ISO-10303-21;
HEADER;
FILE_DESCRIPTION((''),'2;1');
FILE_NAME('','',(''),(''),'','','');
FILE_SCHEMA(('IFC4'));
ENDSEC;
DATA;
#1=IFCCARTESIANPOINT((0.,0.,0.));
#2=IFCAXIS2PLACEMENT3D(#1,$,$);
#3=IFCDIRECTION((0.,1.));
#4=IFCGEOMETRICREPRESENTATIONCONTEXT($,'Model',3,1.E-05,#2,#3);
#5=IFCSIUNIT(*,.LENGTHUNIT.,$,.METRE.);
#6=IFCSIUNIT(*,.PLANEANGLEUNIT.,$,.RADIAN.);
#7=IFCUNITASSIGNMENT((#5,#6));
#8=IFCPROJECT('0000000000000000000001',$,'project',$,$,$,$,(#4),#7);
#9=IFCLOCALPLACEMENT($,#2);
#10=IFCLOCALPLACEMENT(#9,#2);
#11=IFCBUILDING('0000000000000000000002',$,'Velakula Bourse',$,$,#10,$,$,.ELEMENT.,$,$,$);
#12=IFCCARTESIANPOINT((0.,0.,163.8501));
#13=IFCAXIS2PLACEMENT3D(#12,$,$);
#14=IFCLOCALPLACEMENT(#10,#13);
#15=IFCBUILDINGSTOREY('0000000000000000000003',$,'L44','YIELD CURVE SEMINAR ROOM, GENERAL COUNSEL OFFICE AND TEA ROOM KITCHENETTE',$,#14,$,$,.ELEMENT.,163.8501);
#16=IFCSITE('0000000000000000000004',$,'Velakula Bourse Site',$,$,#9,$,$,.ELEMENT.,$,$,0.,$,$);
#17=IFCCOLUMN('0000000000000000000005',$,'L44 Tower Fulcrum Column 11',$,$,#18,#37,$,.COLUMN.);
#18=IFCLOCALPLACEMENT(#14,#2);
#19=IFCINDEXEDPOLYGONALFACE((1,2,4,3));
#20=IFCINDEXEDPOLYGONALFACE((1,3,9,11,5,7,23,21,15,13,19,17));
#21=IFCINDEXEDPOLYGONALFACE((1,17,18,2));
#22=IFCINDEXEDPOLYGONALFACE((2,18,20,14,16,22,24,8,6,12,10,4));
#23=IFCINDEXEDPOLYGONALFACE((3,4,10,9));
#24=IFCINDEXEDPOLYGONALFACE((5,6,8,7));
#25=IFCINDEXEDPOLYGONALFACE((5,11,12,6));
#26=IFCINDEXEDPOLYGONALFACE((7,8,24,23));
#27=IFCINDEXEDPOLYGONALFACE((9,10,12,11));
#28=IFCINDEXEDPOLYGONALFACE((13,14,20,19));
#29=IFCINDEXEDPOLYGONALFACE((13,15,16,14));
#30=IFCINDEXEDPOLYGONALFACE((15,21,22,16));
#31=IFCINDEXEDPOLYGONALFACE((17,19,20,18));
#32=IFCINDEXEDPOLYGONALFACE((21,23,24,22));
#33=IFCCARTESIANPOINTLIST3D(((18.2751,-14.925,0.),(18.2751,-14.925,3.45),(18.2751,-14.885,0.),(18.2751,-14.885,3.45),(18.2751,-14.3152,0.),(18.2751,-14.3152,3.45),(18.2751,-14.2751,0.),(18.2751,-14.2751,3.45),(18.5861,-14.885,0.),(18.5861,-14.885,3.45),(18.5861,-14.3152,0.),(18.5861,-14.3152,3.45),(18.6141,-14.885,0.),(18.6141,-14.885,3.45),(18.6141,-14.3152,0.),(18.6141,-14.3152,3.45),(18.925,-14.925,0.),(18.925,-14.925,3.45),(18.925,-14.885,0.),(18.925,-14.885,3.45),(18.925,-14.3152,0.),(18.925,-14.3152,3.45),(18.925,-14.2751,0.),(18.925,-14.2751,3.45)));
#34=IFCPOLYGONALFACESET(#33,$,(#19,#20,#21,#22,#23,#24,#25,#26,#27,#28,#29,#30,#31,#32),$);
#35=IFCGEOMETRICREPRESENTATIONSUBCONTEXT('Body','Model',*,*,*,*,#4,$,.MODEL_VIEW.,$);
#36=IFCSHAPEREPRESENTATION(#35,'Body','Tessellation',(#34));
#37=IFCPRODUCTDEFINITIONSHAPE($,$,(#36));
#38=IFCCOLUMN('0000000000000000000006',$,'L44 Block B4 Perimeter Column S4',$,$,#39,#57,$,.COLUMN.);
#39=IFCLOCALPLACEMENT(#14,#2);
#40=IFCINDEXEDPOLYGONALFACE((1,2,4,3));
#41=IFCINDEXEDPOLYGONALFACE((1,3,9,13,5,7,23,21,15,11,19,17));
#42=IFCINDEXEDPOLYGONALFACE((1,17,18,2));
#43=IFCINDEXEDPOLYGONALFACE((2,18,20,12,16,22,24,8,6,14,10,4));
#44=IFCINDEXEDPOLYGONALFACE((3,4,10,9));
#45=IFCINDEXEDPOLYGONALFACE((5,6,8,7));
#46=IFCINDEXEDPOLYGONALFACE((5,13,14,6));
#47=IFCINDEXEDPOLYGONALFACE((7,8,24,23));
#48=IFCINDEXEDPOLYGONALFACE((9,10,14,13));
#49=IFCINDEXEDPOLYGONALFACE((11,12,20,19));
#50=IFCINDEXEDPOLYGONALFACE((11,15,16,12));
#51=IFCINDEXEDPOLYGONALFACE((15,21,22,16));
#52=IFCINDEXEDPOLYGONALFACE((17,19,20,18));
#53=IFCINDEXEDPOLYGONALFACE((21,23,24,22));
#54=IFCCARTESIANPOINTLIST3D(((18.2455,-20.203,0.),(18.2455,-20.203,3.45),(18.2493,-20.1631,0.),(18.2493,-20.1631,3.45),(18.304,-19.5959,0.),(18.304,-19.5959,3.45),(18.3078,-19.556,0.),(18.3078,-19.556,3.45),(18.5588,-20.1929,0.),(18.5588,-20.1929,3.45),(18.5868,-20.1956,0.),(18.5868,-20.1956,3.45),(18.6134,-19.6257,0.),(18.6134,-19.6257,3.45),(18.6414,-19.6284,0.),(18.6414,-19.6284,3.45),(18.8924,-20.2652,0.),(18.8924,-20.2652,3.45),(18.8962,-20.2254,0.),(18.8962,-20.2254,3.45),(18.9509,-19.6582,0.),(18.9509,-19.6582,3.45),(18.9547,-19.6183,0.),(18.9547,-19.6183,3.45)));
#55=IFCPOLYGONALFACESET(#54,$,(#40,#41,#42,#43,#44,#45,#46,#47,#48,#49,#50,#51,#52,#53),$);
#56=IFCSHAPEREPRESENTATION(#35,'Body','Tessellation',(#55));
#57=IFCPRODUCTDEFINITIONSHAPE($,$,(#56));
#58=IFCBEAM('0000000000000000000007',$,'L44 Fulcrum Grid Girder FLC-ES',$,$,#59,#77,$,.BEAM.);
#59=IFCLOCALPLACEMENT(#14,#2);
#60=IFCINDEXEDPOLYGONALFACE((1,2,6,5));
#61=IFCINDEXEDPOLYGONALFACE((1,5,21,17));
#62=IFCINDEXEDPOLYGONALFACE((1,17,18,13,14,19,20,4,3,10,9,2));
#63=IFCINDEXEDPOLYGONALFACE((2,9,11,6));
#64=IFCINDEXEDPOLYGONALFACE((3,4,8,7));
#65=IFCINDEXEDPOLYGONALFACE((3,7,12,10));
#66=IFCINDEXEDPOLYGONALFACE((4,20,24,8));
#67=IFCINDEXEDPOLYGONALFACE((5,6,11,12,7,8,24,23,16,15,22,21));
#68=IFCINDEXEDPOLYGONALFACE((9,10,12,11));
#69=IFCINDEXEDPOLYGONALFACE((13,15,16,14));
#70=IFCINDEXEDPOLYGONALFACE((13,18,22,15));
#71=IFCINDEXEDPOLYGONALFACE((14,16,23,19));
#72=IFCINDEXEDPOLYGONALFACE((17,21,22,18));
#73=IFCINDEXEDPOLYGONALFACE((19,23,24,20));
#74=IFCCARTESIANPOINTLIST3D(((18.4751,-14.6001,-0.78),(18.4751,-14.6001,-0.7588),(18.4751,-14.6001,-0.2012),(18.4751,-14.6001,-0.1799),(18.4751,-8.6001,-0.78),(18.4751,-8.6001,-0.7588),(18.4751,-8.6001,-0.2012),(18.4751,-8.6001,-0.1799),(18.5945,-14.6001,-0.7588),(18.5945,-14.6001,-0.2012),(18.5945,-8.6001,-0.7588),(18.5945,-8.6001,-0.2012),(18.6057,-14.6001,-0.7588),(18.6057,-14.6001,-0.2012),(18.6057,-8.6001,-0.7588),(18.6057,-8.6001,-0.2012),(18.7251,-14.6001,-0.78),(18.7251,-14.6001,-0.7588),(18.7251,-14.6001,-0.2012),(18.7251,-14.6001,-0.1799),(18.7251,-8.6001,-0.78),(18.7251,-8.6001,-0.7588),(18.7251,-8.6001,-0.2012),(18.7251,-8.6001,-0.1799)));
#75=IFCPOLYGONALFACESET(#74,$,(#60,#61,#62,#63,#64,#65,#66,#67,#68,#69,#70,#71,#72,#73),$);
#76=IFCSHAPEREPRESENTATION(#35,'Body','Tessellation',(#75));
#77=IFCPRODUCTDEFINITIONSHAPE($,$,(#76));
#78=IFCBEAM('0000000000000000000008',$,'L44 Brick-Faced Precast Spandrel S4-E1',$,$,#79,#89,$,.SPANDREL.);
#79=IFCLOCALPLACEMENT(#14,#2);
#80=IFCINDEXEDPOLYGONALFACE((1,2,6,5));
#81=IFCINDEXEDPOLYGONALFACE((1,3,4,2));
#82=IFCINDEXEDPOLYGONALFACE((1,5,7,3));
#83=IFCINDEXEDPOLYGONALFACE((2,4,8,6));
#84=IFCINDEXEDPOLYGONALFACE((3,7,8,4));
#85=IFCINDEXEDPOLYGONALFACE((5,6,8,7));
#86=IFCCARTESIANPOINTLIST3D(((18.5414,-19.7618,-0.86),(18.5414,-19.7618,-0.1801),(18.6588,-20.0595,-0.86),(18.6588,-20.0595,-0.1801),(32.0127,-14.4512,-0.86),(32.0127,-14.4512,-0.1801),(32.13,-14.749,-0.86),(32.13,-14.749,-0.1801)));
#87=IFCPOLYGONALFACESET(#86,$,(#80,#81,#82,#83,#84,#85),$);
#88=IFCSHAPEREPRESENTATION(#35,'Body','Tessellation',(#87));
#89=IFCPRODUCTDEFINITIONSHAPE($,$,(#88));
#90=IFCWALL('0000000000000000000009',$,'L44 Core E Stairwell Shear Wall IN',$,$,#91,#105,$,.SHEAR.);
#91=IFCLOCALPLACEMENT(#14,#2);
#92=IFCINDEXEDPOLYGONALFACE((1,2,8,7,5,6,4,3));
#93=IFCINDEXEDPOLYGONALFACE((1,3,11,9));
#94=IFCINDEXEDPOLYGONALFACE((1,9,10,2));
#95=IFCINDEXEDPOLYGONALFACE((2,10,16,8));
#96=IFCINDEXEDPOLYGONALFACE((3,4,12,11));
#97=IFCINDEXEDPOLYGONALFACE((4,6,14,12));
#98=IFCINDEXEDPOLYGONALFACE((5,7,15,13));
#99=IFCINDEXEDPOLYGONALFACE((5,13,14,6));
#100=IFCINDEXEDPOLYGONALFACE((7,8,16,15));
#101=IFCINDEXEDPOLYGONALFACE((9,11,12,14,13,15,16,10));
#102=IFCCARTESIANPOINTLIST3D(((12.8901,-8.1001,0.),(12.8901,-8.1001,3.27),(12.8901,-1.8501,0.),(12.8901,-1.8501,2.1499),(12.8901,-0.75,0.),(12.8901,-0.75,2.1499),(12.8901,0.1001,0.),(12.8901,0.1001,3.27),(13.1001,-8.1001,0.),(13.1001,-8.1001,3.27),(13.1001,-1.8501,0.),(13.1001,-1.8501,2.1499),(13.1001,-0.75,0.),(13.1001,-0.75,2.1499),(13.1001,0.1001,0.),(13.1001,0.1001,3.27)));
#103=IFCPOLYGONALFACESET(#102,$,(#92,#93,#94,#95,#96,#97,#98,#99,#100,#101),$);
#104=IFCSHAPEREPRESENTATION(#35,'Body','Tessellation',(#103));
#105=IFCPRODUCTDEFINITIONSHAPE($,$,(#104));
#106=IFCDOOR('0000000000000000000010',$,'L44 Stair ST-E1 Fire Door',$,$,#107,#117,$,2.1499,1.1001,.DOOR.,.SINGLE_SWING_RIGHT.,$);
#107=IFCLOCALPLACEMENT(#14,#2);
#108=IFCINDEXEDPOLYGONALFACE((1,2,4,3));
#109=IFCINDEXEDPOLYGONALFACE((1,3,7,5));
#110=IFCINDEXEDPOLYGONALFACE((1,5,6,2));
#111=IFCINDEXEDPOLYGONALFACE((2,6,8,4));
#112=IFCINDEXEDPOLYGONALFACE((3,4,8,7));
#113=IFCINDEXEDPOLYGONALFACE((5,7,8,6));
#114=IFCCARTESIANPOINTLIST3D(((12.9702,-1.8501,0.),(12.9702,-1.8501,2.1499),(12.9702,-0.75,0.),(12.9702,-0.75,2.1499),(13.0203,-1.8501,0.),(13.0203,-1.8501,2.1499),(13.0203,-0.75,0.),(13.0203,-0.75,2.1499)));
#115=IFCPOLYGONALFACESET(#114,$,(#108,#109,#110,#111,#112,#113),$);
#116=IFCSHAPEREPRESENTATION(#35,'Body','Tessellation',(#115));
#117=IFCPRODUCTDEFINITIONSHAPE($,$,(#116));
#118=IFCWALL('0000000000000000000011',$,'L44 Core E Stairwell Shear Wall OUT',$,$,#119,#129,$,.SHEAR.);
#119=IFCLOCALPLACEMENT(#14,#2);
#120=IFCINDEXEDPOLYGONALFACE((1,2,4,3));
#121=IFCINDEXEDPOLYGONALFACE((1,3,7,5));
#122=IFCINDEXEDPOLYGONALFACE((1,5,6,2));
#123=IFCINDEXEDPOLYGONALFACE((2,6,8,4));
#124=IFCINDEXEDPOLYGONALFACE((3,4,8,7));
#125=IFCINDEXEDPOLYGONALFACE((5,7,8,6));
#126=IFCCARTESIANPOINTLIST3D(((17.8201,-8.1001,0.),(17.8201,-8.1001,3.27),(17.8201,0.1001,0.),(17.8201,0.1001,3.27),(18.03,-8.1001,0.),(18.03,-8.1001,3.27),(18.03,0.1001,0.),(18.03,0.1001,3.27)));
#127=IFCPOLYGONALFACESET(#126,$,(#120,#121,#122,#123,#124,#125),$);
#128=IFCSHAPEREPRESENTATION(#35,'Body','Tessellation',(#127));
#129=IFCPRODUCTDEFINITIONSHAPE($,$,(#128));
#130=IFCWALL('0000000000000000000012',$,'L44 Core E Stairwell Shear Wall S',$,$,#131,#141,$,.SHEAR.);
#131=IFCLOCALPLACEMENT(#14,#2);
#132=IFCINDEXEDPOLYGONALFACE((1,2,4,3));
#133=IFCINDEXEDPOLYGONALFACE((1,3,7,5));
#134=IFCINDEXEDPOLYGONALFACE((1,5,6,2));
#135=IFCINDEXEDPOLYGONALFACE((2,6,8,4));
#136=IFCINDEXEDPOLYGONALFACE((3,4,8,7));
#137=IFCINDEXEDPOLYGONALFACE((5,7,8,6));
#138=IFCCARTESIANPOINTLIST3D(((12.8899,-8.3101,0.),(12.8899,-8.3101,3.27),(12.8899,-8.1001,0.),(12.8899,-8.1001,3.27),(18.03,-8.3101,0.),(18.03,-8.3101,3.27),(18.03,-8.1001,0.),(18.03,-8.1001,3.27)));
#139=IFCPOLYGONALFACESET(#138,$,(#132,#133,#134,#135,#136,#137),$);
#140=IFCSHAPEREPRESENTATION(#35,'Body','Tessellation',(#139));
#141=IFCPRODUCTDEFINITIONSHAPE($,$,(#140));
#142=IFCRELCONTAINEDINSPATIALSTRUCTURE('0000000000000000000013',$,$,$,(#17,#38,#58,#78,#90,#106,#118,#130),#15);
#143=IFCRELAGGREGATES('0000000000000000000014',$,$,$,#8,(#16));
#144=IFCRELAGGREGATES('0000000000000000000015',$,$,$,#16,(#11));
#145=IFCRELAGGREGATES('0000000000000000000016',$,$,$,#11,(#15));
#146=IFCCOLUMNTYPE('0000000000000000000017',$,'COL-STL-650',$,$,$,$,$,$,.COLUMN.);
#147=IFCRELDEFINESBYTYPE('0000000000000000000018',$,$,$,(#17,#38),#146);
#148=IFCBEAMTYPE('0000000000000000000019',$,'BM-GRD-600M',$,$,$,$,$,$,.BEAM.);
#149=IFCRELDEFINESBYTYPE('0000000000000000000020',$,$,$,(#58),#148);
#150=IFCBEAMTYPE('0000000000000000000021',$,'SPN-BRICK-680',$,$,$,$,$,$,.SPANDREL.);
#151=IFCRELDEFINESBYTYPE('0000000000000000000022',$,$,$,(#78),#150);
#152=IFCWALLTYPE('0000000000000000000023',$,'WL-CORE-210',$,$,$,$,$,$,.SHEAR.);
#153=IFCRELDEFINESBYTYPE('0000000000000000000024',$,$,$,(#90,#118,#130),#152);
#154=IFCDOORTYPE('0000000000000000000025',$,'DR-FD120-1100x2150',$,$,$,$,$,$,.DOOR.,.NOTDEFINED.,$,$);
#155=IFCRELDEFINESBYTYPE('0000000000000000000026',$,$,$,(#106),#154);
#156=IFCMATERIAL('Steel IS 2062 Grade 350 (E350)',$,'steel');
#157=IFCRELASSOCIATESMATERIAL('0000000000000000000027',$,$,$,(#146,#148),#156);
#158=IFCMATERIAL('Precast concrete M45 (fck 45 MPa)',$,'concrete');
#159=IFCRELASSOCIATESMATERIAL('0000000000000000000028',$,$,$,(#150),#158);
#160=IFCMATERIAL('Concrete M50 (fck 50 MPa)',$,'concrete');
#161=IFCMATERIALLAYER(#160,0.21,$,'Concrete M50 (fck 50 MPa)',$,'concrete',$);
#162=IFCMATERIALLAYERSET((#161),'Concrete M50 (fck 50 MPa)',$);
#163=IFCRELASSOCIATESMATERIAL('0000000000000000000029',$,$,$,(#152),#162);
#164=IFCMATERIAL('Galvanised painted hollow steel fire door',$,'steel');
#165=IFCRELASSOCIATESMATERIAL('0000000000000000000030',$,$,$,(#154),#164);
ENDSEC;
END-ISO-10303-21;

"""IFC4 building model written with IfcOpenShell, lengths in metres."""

from ifc_helpers import new_model, si_unit, direction, frame, frame_2d, origin, origin_2d, place, context, subcontext, project, spatial, rectangle, i_section, extrude, material, layer, layer_set, material_profile, profile_set, type_object, element, fill, save


model = new_model("IFC4")

# Units and contexts
model_context = context("Model", 3, precision=1e-05, world=origin(), true_north=direction((0.0, 1.0)))
body_context = subcontext(model_context, "Body", "Model", "MODEL_VIEW")
ifc_project = project(units=[si_unit("LENGTHUNIT", "METRE"), si_unit("PLANEANGLEUNIT", "RADIAN")], contexts=[model_context])

# Site, building, storey
site_placement = place(None, origin())
site = spatial("IfcSite", under=ifc_project, at=site_placement, Name="Velakula Bourse Site", CompositionType="ELEMENT", RefElevation=0.0)
building_placement = place(site_placement, origin())
building = spatial("IfcBuilding", under=site, at=building_placement, Name="Velakula Bourse", CompositionType="ELEMENT")
storey_placement = place(building_placement, frame((0.0, 0.0, 163.8501)))
storey = spatial("IfcBuildingStorey", under=building, at=storey_placement, Name="L44", Description="YIELD CURVE SEMINAR ROOM, GENERAL COUNSEL OFFICE AND TEA ROOM KITCHENETTE", CompositionType="ELEMENT", Elevation=163.8501)

# Columns
ifc_material_1 = material(Name="Steel IS 2062 Grade 350 (E350)", Category="steel")
ifc_material_profile_1 = material_profile(ifc_material_1, i_section(OverallWidth=0.6499, OverallDepth=0.6499, WebThickness=0.0281, FlangeThickness=0.04, at=origin_2d()), Name="Steel IS 2062 Grade 350 (E350)")
ifc_profile_set_1 = profile_set([ifc_material_profile_1], Name="Steel IS 2062 Grade 350 (E350)")
column_type = type_object("IfcColumnType", Name="COL-STL-650", PredefinedType="COLUMN", material=ifc_profile_set_1)
for number, where, z_axis, x_axis, name in (
    (1, (18.6001, -14.6001, 0.0), (0.0, 0.0, 1.0), (1.0, 0.0, 0.0), "L44 Tower Fulcrum Column 11"),
    (2, (18.6001, -19.9106, 0.0), (0.0, 0.0, 1.0), (0.995396, -0.095846, 0.0), "L44 Block B4 Perimeter Column S4"),
):
    element("IfcColumn", number, at=place(storey_placement, frame(where, z_axis=z_axis, x_axis=x_axis)), inside=storey, type_object=column_type, Name=name, PredefinedType="COLUMN", context=body_context, shape_type="SweptSolid", body=[
        extrude(i_section(OverallWidth=0.6499, OverallDepth=0.6499, WebThickness=0.0281, FlangeThickness=0.04, at=origin_2d()), origin(), (0.0, 0.0, 1.0), 3.45),
    ])

# Beams
ifc_material_profile_2 = material_profile(ifc_material_1, i_section(OverallWidth=0.25, OverallDepth=0.6001, WebThickness=0.0112, FlangeThickness=0.0212, at=origin_2d()), Name="Steel IS 2062 Grade 350 (E350)")
ifc_profile_set_2 = profile_set([ifc_material_profile_2], Name="Steel IS 2062 Grade 350 (E350)")
beam_type_1 = type_object("IfcBeamType", Name="BM-GRD-600M", PredefinedType="BEAM", material=ifc_profile_set_2)
beam_1_placement = place(storey_placement, frame((18.6001, -14.6001, -0.48), z_axis=(0.0, 1.0, 0.0), x_axis=(-1.0, 0.0, 0.0)))
element("IfcBeam", 3, at=beam_1_placement, inside=storey, type_object=beam_type_1, Name="L44 Fulcrum Grid Girder FLC-ES", PredefinedType="BEAM", context=body_context, shape_type="SweptSolid", body=[
    extrude(i_section(OverallWidth=0.25, OverallDepth=0.6001, WebThickness=0.0112, FlangeThickness=0.0212, at=origin_2d()), origin(), (0.0, 0.0, 1.0), 6.0),
])
ifc_material_2 = material(Name="Precast concrete M45 (fck 45 MPa)", Category="concrete")
ifc_material_profile_3 = material_profile(ifc_material_2, rectangle(XDim=0.3201, YDim=0.6799, at=origin_2d()), Name="Precast concrete M45 (fck 45 MPa)")
ifc_profile_set_3 = profile_set([ifc_material_profile_3], Name="Precast concrete M45 (fck 45 MPa)")
beam_type_2 = type_object("IfcBeamType", Name="SPN-BRICK-680", PredefinedType="SPANDREL", material=ifc_profile_set_3)
beam_2_placement = place(storey_placement, frame((18.6001, -19.9106, -0.52), z_axis=(0.930321, 0.366747, 0.0), x_axis=(-0.366747, 0.930321, 0.0)))
element("IfcBeam", 4, at=beam_2_placement, inside=storey, type_object=beam_type_2, Name="L44 Brick-Faced Precast Spandrel S4-E1", PredefinedType="SPANDREL", context=body_context, shape_type="SweptSolid", body=[
    extrude(rectangle(XDim=0.3201, YDim=0.6799, at=origin_2d()), origin(), (0.0, 0.0, 1.0), 14.4802),
])

# Wall, opening, door
ifc_material_3 = material(Name="Concrete M50 (fck 50 MPa)", Category="concrete")
ifc_layer_1 = layer(ifc_material_3, 0.21, Name="Concrete M50 (fck 50 MPa)", Category="concrete")
ifc_layer_set_1 = layer_set([ifc_layer_1], Name="Concrete M50 (fck 50 MPa)")
wall_type_1 = type_object("IfcWallType", Name="WL-CORE-210", PredefinedType="SHEAR", material=ifc_layer_set_1)
wall_1_placement = place(storey_placement, frame((12.9951, -8.1001, 0.0), z_axis=(0.0, 0.0, 1.0), x_axis=(0.0, 1.0, 0.0)))
wall_1 = element("IfcWall", 5, at=wall_1_placement, inside=storey, type_object=wall_type_1, Name="L44 Core E Stairwell Shear Wall IN", PredefinedType="SHEAR", context=body_context, shape_type="SweptSolid", body=[
    extrude(rectangle(XDim=8.2002, YDim=0.21, at=frame_2d((4.1001, 0.0))), origin(), (0.0, 0.0, 1.0), 3.27),
])
opening_1_placement = place(wall_1_placement, frame((6.25, 0.0, 0.0)))
opening_1 = element("IfcOpeningElement", 6, at=opening_1_placement, cuts=wall_1, PredefinedType="OPENING", context=body_context, shape_type="SweptSolid", body=[
    extrude(rectangle(XDim=1.1001, YDim=2.1499, at=frame_2d((0.55, 1.075))), frame((0.0, 0.115, 0.0), z_axis=(0.0, -1.0, 0.0), x_axis=(1.0, 0.0, 0.0)), (0.0, 0.0, 1.0), 0.23),
])
ifc_material_4 = material(Name="Galvanised painted hollow steel fire door", Category="steel")
door_type = type_object("IfcDoorType", Name="DR-FD120-1100x2150", OperationType="NOTDEFINED", PredefinedType="DOOR", material=ifc_material_4)
door_placement = place(opening_1_placement, origin())
door = element("IfcDoor", 7, at=door_placement, inside=storey, type_object=door_type, Name="L44 Stair ST-E1 Fire Door", OperationType="SINGLE_SWING_RIGHT", OverallHeight=2.1499, OverallWidth=1.1001, PredefinedType="DOOR", context=body_context, shape_type="SweptSolid", body=[
    extrude(rectangle(XDim=1.1001, YDim=2.1499, at=frame_2d((0.55, 1.075))), frame((0.0, 0.0249, 0.0), z_axis=(0.0, -1.0, 0.0), x_axis=(1.0, 0.0, 0.0)), (0.0, 0.0, 1.0), 0.05),
])
fill(opening_1, door)

# Walls
wall_2_placement = place(storey_placement, frame((17.925, -8.1001, 0.0), z_axis=(0.0, 0.0, 1.0), x_axis=(0.0, 1.0, 0.0)))
element("IfcWall", 8, at=wall_2_placement, inside=storey, type_object=wall_type_1, Name="L44 Core E Stairwell Shear Wall OUT", PredefinedType="SHEAR", context=body_context, shape_type="SweptSolid", body=[
    extrude(rectangle(XDim=8.2002, YDim=0.21, at=frame_2d((4.1001, 0.0))), origin(), (0.0, 0.0, 1.0), 3.27),
])
wall_3_placement = place(storey_placement, frame((12.8899, -8.2051, 0.0), z_axis=(0.0, 0.0, 1.0), x_axis=(1.0, 0.0, 0.0)))
element("IfcWall", 9, at=wall_3_placement, inside=storey, type_object=wall_type_1, Name="L44 Core E Stairwell Shear Wall S", PredefinedType="SHEAR", context=body_context, shape_type="SweptSolid", body=[
    extrude(rectangle(XDim=5.1401, YDim=0.21, at=frame_2d((2.5701, 0.0))), origin(), (0.0, 0.0, 1.0), 3.27),
])

save(model, "model.ifc")
